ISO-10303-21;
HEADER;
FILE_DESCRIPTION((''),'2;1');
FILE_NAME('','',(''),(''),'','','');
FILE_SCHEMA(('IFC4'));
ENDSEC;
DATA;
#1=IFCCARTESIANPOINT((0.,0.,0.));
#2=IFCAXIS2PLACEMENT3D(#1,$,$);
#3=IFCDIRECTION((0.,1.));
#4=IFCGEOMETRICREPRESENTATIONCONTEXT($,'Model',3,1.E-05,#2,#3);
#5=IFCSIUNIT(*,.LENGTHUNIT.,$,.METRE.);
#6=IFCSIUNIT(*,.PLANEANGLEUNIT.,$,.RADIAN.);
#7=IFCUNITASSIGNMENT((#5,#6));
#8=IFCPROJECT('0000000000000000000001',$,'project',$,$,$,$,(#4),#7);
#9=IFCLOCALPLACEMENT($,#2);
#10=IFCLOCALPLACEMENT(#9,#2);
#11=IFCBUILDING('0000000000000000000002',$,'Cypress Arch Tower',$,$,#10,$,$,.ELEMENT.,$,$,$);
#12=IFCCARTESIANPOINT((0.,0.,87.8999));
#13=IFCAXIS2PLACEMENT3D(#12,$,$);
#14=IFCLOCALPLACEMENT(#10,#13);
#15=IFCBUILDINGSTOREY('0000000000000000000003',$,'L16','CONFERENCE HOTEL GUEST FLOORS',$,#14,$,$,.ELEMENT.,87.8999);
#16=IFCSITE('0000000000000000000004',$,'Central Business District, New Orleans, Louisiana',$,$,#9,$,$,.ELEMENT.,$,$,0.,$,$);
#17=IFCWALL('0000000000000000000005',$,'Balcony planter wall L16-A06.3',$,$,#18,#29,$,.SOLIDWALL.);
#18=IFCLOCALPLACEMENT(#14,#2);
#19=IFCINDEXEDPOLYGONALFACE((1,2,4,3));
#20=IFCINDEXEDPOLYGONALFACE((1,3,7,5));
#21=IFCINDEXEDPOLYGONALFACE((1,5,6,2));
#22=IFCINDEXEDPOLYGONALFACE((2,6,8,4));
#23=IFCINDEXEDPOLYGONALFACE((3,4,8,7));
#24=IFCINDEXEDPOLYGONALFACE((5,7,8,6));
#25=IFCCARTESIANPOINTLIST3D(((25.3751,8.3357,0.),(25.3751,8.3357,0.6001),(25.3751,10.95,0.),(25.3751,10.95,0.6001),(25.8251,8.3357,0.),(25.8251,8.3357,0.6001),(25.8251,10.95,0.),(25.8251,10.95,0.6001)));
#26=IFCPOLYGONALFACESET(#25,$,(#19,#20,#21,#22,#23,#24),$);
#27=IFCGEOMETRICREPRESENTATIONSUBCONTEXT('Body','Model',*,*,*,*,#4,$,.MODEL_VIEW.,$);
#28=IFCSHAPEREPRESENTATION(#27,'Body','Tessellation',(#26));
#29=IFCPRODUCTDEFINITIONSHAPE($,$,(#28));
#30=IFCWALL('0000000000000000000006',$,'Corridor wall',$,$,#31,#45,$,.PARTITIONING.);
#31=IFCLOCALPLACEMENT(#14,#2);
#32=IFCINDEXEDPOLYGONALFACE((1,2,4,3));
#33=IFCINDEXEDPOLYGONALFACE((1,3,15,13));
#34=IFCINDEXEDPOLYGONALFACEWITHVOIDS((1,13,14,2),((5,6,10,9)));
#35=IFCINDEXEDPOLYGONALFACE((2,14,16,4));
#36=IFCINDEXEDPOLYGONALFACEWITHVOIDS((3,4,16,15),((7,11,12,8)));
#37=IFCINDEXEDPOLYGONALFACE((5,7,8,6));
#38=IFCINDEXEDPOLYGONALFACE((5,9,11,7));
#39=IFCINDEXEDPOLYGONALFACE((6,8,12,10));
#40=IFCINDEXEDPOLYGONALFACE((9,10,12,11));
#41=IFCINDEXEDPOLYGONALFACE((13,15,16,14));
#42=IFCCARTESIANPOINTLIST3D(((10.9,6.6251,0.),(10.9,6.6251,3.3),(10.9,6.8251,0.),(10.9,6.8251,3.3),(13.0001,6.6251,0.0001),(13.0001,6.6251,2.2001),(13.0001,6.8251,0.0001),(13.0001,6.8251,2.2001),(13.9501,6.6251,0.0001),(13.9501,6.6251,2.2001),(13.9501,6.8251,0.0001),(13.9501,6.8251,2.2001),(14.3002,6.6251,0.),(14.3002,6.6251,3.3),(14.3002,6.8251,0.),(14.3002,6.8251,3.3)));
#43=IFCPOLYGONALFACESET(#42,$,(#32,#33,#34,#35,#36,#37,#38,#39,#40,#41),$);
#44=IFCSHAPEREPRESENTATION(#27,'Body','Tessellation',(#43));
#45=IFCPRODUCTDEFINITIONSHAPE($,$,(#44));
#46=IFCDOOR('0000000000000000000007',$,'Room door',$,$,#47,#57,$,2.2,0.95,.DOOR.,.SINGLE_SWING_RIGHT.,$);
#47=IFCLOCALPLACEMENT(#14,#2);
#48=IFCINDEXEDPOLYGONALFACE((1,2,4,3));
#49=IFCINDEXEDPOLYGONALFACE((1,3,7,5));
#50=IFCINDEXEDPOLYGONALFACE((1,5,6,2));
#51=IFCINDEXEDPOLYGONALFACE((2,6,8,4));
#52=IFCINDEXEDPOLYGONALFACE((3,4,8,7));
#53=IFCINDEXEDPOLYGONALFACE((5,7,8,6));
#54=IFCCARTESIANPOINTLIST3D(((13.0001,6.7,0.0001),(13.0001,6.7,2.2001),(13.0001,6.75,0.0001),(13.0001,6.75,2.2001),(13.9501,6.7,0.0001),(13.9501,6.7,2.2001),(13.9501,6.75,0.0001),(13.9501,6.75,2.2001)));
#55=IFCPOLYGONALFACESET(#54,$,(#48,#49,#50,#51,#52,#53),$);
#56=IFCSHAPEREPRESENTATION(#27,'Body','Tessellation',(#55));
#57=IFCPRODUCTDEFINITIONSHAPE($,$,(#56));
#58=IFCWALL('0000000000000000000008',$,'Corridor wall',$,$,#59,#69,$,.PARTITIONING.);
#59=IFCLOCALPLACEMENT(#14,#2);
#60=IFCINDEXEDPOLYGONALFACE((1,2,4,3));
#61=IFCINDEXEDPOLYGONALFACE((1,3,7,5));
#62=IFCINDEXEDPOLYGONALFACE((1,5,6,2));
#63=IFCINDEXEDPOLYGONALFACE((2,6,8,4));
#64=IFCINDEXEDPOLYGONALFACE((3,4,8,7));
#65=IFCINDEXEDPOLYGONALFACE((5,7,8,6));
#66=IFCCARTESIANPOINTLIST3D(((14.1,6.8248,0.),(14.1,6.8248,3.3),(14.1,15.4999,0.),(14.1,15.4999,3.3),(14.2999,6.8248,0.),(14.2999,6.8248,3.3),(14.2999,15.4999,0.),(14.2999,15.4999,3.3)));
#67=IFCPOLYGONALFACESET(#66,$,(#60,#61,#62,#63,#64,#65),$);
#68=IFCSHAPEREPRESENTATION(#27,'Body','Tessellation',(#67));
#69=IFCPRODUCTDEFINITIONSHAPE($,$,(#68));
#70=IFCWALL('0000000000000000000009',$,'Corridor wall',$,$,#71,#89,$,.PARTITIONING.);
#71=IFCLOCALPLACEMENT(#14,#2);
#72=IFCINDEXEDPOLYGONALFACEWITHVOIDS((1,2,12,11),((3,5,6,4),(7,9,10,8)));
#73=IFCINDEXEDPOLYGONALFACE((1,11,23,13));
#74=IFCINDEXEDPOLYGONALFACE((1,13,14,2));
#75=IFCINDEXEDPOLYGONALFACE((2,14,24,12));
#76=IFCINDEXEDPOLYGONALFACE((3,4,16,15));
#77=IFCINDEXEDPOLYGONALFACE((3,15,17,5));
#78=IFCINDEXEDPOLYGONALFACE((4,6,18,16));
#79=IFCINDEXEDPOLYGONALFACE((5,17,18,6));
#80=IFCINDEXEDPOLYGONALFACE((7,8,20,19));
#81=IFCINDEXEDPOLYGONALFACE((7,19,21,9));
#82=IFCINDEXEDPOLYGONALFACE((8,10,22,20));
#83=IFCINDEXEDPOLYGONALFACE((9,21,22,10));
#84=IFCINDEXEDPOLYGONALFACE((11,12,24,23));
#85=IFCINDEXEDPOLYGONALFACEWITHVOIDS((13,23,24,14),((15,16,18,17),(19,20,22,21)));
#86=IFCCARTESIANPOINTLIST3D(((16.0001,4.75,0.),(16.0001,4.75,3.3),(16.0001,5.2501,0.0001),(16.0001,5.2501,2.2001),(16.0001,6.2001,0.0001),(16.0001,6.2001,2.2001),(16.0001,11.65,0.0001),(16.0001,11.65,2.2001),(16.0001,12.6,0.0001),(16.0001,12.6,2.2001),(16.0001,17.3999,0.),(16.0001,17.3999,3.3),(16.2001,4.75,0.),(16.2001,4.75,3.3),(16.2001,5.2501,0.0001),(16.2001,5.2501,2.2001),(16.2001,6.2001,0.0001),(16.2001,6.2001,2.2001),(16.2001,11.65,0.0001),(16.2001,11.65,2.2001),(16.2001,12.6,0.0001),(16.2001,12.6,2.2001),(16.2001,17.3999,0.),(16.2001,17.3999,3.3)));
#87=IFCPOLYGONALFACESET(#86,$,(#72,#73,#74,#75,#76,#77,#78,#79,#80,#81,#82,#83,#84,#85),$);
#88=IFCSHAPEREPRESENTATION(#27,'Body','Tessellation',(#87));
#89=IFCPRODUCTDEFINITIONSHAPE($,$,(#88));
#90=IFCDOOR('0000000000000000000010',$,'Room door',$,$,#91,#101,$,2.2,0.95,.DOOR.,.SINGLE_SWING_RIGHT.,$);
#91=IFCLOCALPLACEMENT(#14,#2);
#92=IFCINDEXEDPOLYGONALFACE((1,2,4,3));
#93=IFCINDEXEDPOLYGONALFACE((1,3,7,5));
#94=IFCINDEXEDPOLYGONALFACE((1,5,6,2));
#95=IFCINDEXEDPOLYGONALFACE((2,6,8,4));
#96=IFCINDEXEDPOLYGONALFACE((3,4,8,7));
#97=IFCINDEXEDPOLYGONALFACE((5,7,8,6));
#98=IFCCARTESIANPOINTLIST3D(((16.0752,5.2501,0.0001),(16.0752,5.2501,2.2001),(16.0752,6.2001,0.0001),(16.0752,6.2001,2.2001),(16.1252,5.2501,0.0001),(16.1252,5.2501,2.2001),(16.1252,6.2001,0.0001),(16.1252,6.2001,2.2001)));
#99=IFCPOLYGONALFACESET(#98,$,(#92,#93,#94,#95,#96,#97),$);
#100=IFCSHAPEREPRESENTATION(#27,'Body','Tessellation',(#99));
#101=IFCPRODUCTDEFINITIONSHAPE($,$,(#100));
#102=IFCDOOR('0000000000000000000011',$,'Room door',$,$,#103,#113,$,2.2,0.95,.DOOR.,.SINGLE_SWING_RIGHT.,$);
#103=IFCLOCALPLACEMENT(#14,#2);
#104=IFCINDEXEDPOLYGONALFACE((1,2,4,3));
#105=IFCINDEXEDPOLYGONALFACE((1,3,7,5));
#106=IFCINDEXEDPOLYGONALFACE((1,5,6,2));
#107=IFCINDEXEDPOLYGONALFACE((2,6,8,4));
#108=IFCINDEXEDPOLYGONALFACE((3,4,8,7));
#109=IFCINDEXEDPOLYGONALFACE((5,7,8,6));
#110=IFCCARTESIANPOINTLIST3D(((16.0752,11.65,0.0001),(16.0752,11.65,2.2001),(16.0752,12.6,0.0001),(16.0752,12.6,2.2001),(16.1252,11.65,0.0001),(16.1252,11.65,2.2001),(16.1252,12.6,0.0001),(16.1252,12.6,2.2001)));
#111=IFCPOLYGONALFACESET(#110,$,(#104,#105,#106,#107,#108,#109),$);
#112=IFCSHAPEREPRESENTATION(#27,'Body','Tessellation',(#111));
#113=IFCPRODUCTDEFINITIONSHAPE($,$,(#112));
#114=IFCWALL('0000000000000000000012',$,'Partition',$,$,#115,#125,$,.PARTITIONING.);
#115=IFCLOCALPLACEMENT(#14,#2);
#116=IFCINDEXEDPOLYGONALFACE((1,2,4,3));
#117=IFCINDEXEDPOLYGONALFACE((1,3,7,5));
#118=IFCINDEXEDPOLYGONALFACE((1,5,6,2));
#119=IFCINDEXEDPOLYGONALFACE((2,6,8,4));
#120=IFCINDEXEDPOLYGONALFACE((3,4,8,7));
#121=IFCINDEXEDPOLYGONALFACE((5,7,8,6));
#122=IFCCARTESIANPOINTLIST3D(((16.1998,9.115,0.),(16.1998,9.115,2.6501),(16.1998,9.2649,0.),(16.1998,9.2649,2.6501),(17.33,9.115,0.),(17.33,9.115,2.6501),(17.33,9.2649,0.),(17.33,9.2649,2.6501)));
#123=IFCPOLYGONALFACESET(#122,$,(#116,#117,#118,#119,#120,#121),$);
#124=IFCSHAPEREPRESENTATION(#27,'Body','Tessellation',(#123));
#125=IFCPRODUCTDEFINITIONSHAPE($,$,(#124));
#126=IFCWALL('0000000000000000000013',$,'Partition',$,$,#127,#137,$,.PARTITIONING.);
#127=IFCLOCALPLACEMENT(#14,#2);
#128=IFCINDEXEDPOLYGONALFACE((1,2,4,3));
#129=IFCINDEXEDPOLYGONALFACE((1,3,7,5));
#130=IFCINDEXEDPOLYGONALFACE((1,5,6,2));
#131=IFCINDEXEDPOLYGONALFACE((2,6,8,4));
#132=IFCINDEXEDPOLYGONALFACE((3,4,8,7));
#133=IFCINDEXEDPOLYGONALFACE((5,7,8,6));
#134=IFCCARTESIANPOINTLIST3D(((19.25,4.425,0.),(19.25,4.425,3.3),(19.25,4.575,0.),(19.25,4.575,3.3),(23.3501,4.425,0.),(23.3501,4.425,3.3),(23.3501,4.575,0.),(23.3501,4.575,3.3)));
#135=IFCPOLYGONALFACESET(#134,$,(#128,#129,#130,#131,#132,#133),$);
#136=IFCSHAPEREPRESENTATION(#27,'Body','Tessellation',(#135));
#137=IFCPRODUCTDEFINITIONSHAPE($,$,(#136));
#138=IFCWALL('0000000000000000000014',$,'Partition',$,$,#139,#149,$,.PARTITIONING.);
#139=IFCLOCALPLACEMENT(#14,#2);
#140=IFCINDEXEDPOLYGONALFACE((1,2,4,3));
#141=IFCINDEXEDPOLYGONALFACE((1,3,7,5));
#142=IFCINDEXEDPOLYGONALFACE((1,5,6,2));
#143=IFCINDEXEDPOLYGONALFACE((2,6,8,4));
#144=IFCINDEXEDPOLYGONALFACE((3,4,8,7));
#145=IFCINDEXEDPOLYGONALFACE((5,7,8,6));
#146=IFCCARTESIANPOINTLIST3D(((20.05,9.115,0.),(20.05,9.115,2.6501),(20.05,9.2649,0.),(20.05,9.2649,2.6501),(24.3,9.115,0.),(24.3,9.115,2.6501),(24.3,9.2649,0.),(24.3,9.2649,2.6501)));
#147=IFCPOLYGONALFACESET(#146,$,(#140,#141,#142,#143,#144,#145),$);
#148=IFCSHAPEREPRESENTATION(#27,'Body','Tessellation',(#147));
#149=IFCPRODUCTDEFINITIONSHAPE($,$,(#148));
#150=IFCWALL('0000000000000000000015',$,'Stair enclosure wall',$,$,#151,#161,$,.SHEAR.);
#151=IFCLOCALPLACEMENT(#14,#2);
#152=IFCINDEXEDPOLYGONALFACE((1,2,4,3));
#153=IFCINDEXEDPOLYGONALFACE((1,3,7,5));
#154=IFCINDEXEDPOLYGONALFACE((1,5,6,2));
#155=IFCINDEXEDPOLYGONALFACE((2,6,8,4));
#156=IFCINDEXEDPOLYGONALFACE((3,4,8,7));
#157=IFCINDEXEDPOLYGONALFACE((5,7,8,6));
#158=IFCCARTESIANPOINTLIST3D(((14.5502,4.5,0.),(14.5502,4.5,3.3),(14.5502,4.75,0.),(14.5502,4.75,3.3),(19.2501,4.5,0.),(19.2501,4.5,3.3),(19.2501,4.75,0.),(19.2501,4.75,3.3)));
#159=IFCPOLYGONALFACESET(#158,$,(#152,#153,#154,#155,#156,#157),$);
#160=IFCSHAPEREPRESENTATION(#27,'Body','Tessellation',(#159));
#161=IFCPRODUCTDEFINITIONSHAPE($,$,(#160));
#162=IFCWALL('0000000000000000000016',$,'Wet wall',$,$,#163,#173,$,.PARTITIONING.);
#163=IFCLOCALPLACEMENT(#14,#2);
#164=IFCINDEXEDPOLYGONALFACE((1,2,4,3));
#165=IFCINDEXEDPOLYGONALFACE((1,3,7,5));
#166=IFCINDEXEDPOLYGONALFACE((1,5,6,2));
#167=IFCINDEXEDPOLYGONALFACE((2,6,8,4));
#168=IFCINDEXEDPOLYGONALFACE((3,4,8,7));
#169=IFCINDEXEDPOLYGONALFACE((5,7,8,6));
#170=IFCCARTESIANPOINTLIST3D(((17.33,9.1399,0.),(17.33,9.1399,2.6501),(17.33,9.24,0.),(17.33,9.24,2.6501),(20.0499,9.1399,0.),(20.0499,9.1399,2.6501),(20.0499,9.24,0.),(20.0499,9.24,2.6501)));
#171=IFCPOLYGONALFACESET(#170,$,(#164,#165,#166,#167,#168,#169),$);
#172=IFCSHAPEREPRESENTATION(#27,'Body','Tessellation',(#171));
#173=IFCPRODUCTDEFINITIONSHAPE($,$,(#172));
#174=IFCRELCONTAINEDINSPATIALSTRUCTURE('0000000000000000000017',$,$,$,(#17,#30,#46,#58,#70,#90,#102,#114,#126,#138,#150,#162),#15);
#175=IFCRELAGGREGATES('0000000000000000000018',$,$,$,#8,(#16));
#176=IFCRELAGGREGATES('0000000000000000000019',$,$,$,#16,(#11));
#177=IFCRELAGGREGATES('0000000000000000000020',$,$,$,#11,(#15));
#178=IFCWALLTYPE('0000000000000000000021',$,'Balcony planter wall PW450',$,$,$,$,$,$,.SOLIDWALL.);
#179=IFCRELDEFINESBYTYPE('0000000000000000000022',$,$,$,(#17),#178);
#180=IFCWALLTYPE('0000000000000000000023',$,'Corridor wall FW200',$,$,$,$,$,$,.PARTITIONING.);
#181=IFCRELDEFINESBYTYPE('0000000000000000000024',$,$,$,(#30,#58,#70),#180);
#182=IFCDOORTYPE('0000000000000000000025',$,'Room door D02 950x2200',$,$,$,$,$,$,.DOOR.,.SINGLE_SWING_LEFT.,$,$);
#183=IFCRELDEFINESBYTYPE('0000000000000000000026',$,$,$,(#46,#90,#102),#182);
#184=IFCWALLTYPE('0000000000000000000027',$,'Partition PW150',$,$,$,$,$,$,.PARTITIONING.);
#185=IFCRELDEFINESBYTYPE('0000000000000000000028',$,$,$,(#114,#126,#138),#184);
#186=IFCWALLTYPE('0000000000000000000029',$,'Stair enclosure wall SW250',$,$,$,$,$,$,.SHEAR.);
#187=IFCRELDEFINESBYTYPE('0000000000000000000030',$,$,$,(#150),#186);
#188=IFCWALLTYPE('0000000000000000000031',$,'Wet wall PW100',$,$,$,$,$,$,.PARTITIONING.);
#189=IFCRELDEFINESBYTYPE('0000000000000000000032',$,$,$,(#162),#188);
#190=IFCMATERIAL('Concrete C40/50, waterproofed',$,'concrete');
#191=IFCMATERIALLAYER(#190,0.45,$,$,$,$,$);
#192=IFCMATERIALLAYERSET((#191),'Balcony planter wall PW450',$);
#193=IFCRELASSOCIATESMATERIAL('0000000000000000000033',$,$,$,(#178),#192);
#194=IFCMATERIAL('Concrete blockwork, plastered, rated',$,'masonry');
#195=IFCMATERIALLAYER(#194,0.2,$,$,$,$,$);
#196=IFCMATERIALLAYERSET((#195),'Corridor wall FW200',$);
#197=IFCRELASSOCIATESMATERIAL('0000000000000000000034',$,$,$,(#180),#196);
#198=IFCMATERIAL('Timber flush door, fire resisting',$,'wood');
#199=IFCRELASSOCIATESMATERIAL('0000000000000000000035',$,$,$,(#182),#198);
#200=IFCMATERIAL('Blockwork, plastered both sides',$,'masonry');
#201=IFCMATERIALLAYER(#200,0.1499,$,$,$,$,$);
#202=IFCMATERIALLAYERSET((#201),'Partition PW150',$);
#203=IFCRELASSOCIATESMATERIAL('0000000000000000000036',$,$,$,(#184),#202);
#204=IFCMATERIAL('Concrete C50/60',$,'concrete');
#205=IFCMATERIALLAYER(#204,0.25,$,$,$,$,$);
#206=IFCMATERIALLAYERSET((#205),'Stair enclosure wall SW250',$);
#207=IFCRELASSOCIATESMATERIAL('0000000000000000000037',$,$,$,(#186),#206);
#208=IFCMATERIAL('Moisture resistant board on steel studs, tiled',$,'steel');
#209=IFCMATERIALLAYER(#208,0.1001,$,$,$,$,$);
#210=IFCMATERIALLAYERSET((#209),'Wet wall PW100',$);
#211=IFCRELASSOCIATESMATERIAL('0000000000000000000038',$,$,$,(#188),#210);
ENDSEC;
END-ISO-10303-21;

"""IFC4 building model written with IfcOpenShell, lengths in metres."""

from ifc_helpers import new_model, si_unit, direction, frame, frame_2d, origin, place, context, subcontext, project, spatial, rectangle, extrude, material, layer, layer_set, type_object, element, fill, save


model = new_model("IFC4")

# Units and contexts
model_context = context("Model", 3, precision=1e-05, world=origin(), true_north=direction((0.0, 1.0)))
body_context = subcontext(model_context, "Body", "Model", "MODEL_VIEW")
ifc_project = project(units=[si_unit("LENGTHUNIT", "METRE"), si_unit("PLANEANGLEUNIT", "RADIAN")], contexts=[model_context])

# Site, building, storey
site_placement = place(None, origin())
site = spatial("IfcSite", under=ifc_project, at=site_placement, Name="Central Business District, New Orleans, Louisiana", CompositionType="ELEMENT", RefElevation=0.0)
building_placement = place(site_placement, origin())
building = spatial("IfcBuilding", under=site, at=building_placement, Name="Cypress Arch Tower", CompositionType="ELEMENT")
storey_placement = place(building_placement, frame((0.0, 0.0, 87.8999)))
storey = spatial("IfcBuildingStorey", under=building, at=storey_placement, Name="L16", Description="CONFERENCE HOTEL GUEST FLOORS", CompositionType="ELEMENT", Elevation=87.8999)

# Wall
ifc_material_1 = material(Name="Concrete C40/50, waterproofed", Category="concrete")
ifc_layer_1 = layer(ifc_material_1, 0.45)
ifc_layer_set_1 = layer_set([ifc_layer_1], Name="Balcony planter wall PW450")
wall_type_1 = type_object("IfcWallType", Name="Balcony planter wall PW450", PredefinedType="SOLIDWALL", material=ifc_layer_set_1)
wall_1_placement = place(storey_placement, frame((25.6001, 8.3357, 0.0), z_axis=(0.0, 0.0, 1.0), x_axis=(0.0, 1.0, 0.0)))
element("IfcWall", 1, at=wall_1_placement, inside=storey, type_object=wall_type_1, Name="Balcony planter wall L16-A06.3", PredefinedType="SOLIDWALL", context=body_context, shape_type="SweptSolid", body=[
    extrude(rectangle(XDim=2.6143, YDim=0.45, at=frame_2d((1.3071, 0.0))), origin(), (0.0, 0.0, 1.0), 0.6001),
])

# Wall, opening, door
ifc_material_2 = material(Name="Concrete blockwork, plastered, rated", Category="masonry")
ifc_layer_2 = layer(ifc_material_2, 0.2)
ifc_layer_set_2 = layer_set([ifc_layer_2], Name="Corridor wall FW200")
wall_type_2 = type_object("IfcWallType", Name="Corridor wall FW200", PredefinedType="PARTITIONING", material=ifc_layer_set_2)
wall_2_placement = place(storey_placement, frame((10.8999, 6.7251, 0.0), z_axis=(0.0, 0.0, 1.0), x_axis=(1.0, 0.0, 0.0)))
wall_2 = element("IfcWall", 2, at=wall_2_placement, inside=storey, type_object=wall_type_2, Name="Corridor wall", PredefinedType="PARTITIONING", context=body_context, shape_type="SweptSolid", body=[
    extrude(rectangle(XDim=3.4001, YDim=0.2, at=frame_2d((1.7002, 0.0))), origin(), (0.0, 0.0, 1.0), 3.3),
])
opening_1_placement = place(wall_2_placement, frame((2.1001, 0.0, 0.0)))
opening_1 = element("IfcOpeningElement", 3, at=opening_1_placement, cuts=wall_2, PredefinedType="OPENING", context=body_context, shape_type="SweptSolid", body=[
    extrude(rectangle(XDim=0.95, YDim=2.2, at=frame_2d((0.4751, 1.1001))), frame((0.0, 0.1099, 0.0), z_axis=(0.0, -1.0, 0.0), x_axis=(1.0, 0.0, 0.0)), (0.0, 0.0, 1.0), 0.22),
])
ifc_material_3 = material(Name="Timber flush door, fire resisting", Category="wood")
door_type_1 = type_object("IfcDoorType", Name="Room door D02 950x2200", OperationType="SINGLE_SWING_LEFT", PredefinedType="DOOR", material=ifc_material_3)
door_1_placement = place(opening_1_placement, origin())
door_1 = element("IfcDoor", 4, at=door_1_placement, inside=storey, type_object=door_type_1, Name="Room door", OperationType="SINGLE_SWING_RIGHT", OverallHeight=2.2, OverallWidth=0.95, PredefinedType="DOOR", context=body_context, shape_type="SweptSolid", body=[
    extrude(rectangle(XDim=0.95, YDim=2.2, at=frame_2d((0.4751, 1.1001))), frame((0.0, 0.0249, 0.0), z_axis=(0.0, -1.0, 0.0), x_axis=(1.0, 0.0, 0.0)), (0.0, 0.0, 1.0), 0.05),
])
fill(opening_1, door_1)

# Wall
wall_3_placement = place(storey_placement, frame((14.2, 6.825, 0.0), z_axis=(0.0, 0.0, 1.0), x_axis=(0.0, 1.0, 0.0)))
element("IfcWall", 5, at=wall_3_placement, inside=storey, type_object=wall_type_2, Name="Corridor wall", PredefinedType="PARTITIONING", context=body_context, shape_type="SweptSolid", body=[
    extrude(rectangle(XDim=8.675, YDim=0.2, at=frame_2d((4.3374, 0.0))), origin(), (0.0, 0.0, 1.0), 3.3),
])

# Wall, openings, doors
wall_4_placement = place(storey_placement, frame((16.1001, 4.75, 0.0), z_axis=(0.0, 0.0, 1.0), x_axis=(0.0, 1.0, 0.0)))
wall_4 = element("IfcWall", 6, at=wall_4_placement, inside=storey, type_object=wall_type_2, Name="Corridor wall", PredefinedType="PARTITIONING", context=body_context, shape_type="SweptSolid", body=[
    extrude(rectangle(XDim=12.6499, YDim=0.2, at=frame_2d((6.325, 0.0))), origin(), (0.0, 0.0, 1.0), 3.3),
])
opening_2_placement = place(wall_4_placement, frame((0.5, 0.0, 0.0)))
opening_2 = element("IfcOpeningElement", 7, at=opening_2_placement, cuts=wall_4, PredefinedType="OPENING", context=body_context, shape_type="SweptSolid", body=[
    extrude(rectangle(XDim=0.95, YDim=2.2, at=frame_2d((0.4751, 1.1001))), frame((0.0, 0.1099, 0.0), z_axis=(0.0, -1.0, 0.0), x_axis=(1.0, 0.0, 0.0)), (0.0, 0.0, 1.0), 0.22),
])
opening_3_placement = place(wall_4_placement, frame((6.8999, 0.0, 0.0)))
opening_3 = element("IfcOpeningElement", 8, at=opening_3_placement, cuts=wall_4, PredefinedType="OPENING", context=body_context, shape_type="SweptSolid", body=[
    extrude(rectangle(XDim=0.95, YDim=2.2, at=frame_2d((0.4751, 1.1001))), frame((0.0, 0.1099, 0.0), z_axis=(0.0, -1.0, 0.0), x_axis=(1.0, 0.0, 0.0)), (0.0, 0.0, 1.0), 0.22),
])
door_2_placement = place(opening_2_placement, origin())
door_2 = element("IfcDoor", 9, at=door_2_placement, inside=storey, type_object=door_type_1, Name="Room door", OperationType="SINGLE_SWING_RIGHT", OverallHeight=2.2, OverallWidth=0.95, PredefinedType="DOOR", context=body_context, shape_type="SweptSolid", body=[
    extrude(rectangle(XDim=0.95, YDim=2.2, at=frame_2d((0.4751, 1.1001))), frame((0.0, 0.0249, 0.0), z_axis=(0.0, -1.0, 0.0), x_axis=(1.0, 0.0, 0.0)), (0.0, 0.0, 1.0), 0.05),
])
fill(opening_2, door_2)
door_3_placement = place(opening_3_placement, origin())
door_3 = element("IfcDoor", 10, at=door_3_placement, inside=storey, type_object=door_type_1, Name="Room door", OperationType="SINGLE_SWING_RIGHT", OverallHeight=2.2, OverallWidth=0.95, PredefinedType="DOOR", context=body_context, shape_type="SweptSolid", body=[
    extrude(rectangle(XDim=0.95, YDim=2.2, at=frame_2d((0.4751, 1.1001))), frame((0.0, 0.0249, 0.0), z_axis=(0.0, -1.0, 0.0), x_axis=(1.0, 0.0, 0.0)), (0.0, 0.0, 1.0), 0.05),
])
fill(opening_3, door_3)

# Walls
ifc_material_4 = material(Name="Blockwork, plastered both sides", Category="masonry")
ifc_layer_3 = layer(ifc_material_4, 0.1499)
ifc_layer_set_3 = layer_set([ifc_layer_3], Name="Partition PW150")
wall_type_3 = type_object("IfcWallType", Name="Partition PW150", PredefinedType="PARTITIONING", material=ifc_layer_set_3)
wall_5_placement = place(storey_placement, frame((16.2, 9.1899, 0.0), z_axis=(0.0, 0.0, 1.0), x_axis=(1.0, 0.0, 0.0)))
element("IfcWall", 11, at=wall_5_placement, inside=storey, type_object=wall_type_3, Name="Partition", PredefinedType="PARTITIONING", context=body_context, shape_type="SweptSolid", body=[
    extrude(rectangle(XDim=1.1301, YDim=0.1499, at=frame_2d((0.5649, 0.0))), origin(), (0.0, 0.0, 1.0), 2.6501),
])
wall_6_placement = place(storey_placement, frame((19.25, 4.5, 0.0), z_axis=(0.0, 0.0, 1.0), x_axis=(1.0, 0.0, 0.0)))
element("IfcWall", 12, at=wall_6_placement, inside=storey, type_object=wall_type_3, Name="Partition", PredefinedType="PARTITIONING", context=body_context, shape_type="SweptSolid", body=[
    extrude(rectangle(XDim=4.1001, YDim=0.1499, at=frame_2d((2.05, 0.0))), origin(), (0.0, 0.0, 1.0), 3.3),
])
wall_7_placement = place(storey_placement, frame((20.05, 9.1899, 0.0), z_axis=(0.0, 0.0, 1.0), x_axis=(1.0, 0.0, 0.0)))
element("IfcWall", 13, at=wall_7_placement, inside=storey, type_object=wall_type_3, Name="Partition", PredefinedType="PARTITIONING", context=body_context, shape_type="SweptSolid", body=[
    extrude(rectangle(XDim=4.25, YDim=0.1499, at=frame_2d((2.125, 0.0))), origin(), (0.0, 0.0, 1.0), 2.6501),
])
ifc_material_5 = material(Name="Concrete C50/60", Category="concrete")
ifc_layer_4 = layer(ifc_material_5, 0.25)
ifc_layer_set_4 = layer_set([ifc_layer_4], Name="Stair enclosure wall SW250")
wall_type_4 = type_object("IfcWallType", Name="Stair enclosure wall SW250", PredefinedType="SHEAR", material=ifc_layer_set_4)
wall_8_placement = place(storey_placement, frame((14.55, 4.625, 0.0), z_axis=(0.0, 0.0, 1.0), x_axis=(1.0, 0.0, 0.0)))
element("IfcWall", 14, at=wall_8_placement, inside=storey, type_object=wall_type_4, Name="Stair enclosure wall", PredefinedType="SHEAR", context=body_context, shape_type="SweptSolid", body=[
    extrude(rectangle(XDim=4.7, YDim=0.25, at=frame_2d((2.3501, 0.0))), origin(), (0.0, 0.0, 1.0), 3.3),
])
ifc_material_6 = material(Name="Moisture resistant board on steel studs, tiled", Category="steel")
ifc_layer_5 = layer(ifc_material_6, 0.1001)
ifc_layer_set_5 = layer_set([ifc_layer_5], Name="Wet wall PW100")
wall_type_5 = type_object("IfcWallType", Name="Wet wall PW100", PredefinedType="PARTITIONING", material=ifc_layer_set_5)
wall_9_placement = place(storey_placement, frame((17.3301, 9.1899, 0.0), z_axis=(0.0, 0.0, 1.0), x_axis=(1.0, 0.0, 0.0)))
element("IfcWall", 15, at=wall_9_placement, inside=storey, type_object=wall_type_5, Name="Wet wall", PredefinedType="PARTITIONING", context=body_context, shape_type="SweptSolid", body=[
    extrude(rectangle(XDim=2.72, YDim=0.1001, at=frame_2d((1.3599, 0.0))), origin(), (0.0, 0.0, 1.0), 2.6501),
])

save(model, "model.ifc")
